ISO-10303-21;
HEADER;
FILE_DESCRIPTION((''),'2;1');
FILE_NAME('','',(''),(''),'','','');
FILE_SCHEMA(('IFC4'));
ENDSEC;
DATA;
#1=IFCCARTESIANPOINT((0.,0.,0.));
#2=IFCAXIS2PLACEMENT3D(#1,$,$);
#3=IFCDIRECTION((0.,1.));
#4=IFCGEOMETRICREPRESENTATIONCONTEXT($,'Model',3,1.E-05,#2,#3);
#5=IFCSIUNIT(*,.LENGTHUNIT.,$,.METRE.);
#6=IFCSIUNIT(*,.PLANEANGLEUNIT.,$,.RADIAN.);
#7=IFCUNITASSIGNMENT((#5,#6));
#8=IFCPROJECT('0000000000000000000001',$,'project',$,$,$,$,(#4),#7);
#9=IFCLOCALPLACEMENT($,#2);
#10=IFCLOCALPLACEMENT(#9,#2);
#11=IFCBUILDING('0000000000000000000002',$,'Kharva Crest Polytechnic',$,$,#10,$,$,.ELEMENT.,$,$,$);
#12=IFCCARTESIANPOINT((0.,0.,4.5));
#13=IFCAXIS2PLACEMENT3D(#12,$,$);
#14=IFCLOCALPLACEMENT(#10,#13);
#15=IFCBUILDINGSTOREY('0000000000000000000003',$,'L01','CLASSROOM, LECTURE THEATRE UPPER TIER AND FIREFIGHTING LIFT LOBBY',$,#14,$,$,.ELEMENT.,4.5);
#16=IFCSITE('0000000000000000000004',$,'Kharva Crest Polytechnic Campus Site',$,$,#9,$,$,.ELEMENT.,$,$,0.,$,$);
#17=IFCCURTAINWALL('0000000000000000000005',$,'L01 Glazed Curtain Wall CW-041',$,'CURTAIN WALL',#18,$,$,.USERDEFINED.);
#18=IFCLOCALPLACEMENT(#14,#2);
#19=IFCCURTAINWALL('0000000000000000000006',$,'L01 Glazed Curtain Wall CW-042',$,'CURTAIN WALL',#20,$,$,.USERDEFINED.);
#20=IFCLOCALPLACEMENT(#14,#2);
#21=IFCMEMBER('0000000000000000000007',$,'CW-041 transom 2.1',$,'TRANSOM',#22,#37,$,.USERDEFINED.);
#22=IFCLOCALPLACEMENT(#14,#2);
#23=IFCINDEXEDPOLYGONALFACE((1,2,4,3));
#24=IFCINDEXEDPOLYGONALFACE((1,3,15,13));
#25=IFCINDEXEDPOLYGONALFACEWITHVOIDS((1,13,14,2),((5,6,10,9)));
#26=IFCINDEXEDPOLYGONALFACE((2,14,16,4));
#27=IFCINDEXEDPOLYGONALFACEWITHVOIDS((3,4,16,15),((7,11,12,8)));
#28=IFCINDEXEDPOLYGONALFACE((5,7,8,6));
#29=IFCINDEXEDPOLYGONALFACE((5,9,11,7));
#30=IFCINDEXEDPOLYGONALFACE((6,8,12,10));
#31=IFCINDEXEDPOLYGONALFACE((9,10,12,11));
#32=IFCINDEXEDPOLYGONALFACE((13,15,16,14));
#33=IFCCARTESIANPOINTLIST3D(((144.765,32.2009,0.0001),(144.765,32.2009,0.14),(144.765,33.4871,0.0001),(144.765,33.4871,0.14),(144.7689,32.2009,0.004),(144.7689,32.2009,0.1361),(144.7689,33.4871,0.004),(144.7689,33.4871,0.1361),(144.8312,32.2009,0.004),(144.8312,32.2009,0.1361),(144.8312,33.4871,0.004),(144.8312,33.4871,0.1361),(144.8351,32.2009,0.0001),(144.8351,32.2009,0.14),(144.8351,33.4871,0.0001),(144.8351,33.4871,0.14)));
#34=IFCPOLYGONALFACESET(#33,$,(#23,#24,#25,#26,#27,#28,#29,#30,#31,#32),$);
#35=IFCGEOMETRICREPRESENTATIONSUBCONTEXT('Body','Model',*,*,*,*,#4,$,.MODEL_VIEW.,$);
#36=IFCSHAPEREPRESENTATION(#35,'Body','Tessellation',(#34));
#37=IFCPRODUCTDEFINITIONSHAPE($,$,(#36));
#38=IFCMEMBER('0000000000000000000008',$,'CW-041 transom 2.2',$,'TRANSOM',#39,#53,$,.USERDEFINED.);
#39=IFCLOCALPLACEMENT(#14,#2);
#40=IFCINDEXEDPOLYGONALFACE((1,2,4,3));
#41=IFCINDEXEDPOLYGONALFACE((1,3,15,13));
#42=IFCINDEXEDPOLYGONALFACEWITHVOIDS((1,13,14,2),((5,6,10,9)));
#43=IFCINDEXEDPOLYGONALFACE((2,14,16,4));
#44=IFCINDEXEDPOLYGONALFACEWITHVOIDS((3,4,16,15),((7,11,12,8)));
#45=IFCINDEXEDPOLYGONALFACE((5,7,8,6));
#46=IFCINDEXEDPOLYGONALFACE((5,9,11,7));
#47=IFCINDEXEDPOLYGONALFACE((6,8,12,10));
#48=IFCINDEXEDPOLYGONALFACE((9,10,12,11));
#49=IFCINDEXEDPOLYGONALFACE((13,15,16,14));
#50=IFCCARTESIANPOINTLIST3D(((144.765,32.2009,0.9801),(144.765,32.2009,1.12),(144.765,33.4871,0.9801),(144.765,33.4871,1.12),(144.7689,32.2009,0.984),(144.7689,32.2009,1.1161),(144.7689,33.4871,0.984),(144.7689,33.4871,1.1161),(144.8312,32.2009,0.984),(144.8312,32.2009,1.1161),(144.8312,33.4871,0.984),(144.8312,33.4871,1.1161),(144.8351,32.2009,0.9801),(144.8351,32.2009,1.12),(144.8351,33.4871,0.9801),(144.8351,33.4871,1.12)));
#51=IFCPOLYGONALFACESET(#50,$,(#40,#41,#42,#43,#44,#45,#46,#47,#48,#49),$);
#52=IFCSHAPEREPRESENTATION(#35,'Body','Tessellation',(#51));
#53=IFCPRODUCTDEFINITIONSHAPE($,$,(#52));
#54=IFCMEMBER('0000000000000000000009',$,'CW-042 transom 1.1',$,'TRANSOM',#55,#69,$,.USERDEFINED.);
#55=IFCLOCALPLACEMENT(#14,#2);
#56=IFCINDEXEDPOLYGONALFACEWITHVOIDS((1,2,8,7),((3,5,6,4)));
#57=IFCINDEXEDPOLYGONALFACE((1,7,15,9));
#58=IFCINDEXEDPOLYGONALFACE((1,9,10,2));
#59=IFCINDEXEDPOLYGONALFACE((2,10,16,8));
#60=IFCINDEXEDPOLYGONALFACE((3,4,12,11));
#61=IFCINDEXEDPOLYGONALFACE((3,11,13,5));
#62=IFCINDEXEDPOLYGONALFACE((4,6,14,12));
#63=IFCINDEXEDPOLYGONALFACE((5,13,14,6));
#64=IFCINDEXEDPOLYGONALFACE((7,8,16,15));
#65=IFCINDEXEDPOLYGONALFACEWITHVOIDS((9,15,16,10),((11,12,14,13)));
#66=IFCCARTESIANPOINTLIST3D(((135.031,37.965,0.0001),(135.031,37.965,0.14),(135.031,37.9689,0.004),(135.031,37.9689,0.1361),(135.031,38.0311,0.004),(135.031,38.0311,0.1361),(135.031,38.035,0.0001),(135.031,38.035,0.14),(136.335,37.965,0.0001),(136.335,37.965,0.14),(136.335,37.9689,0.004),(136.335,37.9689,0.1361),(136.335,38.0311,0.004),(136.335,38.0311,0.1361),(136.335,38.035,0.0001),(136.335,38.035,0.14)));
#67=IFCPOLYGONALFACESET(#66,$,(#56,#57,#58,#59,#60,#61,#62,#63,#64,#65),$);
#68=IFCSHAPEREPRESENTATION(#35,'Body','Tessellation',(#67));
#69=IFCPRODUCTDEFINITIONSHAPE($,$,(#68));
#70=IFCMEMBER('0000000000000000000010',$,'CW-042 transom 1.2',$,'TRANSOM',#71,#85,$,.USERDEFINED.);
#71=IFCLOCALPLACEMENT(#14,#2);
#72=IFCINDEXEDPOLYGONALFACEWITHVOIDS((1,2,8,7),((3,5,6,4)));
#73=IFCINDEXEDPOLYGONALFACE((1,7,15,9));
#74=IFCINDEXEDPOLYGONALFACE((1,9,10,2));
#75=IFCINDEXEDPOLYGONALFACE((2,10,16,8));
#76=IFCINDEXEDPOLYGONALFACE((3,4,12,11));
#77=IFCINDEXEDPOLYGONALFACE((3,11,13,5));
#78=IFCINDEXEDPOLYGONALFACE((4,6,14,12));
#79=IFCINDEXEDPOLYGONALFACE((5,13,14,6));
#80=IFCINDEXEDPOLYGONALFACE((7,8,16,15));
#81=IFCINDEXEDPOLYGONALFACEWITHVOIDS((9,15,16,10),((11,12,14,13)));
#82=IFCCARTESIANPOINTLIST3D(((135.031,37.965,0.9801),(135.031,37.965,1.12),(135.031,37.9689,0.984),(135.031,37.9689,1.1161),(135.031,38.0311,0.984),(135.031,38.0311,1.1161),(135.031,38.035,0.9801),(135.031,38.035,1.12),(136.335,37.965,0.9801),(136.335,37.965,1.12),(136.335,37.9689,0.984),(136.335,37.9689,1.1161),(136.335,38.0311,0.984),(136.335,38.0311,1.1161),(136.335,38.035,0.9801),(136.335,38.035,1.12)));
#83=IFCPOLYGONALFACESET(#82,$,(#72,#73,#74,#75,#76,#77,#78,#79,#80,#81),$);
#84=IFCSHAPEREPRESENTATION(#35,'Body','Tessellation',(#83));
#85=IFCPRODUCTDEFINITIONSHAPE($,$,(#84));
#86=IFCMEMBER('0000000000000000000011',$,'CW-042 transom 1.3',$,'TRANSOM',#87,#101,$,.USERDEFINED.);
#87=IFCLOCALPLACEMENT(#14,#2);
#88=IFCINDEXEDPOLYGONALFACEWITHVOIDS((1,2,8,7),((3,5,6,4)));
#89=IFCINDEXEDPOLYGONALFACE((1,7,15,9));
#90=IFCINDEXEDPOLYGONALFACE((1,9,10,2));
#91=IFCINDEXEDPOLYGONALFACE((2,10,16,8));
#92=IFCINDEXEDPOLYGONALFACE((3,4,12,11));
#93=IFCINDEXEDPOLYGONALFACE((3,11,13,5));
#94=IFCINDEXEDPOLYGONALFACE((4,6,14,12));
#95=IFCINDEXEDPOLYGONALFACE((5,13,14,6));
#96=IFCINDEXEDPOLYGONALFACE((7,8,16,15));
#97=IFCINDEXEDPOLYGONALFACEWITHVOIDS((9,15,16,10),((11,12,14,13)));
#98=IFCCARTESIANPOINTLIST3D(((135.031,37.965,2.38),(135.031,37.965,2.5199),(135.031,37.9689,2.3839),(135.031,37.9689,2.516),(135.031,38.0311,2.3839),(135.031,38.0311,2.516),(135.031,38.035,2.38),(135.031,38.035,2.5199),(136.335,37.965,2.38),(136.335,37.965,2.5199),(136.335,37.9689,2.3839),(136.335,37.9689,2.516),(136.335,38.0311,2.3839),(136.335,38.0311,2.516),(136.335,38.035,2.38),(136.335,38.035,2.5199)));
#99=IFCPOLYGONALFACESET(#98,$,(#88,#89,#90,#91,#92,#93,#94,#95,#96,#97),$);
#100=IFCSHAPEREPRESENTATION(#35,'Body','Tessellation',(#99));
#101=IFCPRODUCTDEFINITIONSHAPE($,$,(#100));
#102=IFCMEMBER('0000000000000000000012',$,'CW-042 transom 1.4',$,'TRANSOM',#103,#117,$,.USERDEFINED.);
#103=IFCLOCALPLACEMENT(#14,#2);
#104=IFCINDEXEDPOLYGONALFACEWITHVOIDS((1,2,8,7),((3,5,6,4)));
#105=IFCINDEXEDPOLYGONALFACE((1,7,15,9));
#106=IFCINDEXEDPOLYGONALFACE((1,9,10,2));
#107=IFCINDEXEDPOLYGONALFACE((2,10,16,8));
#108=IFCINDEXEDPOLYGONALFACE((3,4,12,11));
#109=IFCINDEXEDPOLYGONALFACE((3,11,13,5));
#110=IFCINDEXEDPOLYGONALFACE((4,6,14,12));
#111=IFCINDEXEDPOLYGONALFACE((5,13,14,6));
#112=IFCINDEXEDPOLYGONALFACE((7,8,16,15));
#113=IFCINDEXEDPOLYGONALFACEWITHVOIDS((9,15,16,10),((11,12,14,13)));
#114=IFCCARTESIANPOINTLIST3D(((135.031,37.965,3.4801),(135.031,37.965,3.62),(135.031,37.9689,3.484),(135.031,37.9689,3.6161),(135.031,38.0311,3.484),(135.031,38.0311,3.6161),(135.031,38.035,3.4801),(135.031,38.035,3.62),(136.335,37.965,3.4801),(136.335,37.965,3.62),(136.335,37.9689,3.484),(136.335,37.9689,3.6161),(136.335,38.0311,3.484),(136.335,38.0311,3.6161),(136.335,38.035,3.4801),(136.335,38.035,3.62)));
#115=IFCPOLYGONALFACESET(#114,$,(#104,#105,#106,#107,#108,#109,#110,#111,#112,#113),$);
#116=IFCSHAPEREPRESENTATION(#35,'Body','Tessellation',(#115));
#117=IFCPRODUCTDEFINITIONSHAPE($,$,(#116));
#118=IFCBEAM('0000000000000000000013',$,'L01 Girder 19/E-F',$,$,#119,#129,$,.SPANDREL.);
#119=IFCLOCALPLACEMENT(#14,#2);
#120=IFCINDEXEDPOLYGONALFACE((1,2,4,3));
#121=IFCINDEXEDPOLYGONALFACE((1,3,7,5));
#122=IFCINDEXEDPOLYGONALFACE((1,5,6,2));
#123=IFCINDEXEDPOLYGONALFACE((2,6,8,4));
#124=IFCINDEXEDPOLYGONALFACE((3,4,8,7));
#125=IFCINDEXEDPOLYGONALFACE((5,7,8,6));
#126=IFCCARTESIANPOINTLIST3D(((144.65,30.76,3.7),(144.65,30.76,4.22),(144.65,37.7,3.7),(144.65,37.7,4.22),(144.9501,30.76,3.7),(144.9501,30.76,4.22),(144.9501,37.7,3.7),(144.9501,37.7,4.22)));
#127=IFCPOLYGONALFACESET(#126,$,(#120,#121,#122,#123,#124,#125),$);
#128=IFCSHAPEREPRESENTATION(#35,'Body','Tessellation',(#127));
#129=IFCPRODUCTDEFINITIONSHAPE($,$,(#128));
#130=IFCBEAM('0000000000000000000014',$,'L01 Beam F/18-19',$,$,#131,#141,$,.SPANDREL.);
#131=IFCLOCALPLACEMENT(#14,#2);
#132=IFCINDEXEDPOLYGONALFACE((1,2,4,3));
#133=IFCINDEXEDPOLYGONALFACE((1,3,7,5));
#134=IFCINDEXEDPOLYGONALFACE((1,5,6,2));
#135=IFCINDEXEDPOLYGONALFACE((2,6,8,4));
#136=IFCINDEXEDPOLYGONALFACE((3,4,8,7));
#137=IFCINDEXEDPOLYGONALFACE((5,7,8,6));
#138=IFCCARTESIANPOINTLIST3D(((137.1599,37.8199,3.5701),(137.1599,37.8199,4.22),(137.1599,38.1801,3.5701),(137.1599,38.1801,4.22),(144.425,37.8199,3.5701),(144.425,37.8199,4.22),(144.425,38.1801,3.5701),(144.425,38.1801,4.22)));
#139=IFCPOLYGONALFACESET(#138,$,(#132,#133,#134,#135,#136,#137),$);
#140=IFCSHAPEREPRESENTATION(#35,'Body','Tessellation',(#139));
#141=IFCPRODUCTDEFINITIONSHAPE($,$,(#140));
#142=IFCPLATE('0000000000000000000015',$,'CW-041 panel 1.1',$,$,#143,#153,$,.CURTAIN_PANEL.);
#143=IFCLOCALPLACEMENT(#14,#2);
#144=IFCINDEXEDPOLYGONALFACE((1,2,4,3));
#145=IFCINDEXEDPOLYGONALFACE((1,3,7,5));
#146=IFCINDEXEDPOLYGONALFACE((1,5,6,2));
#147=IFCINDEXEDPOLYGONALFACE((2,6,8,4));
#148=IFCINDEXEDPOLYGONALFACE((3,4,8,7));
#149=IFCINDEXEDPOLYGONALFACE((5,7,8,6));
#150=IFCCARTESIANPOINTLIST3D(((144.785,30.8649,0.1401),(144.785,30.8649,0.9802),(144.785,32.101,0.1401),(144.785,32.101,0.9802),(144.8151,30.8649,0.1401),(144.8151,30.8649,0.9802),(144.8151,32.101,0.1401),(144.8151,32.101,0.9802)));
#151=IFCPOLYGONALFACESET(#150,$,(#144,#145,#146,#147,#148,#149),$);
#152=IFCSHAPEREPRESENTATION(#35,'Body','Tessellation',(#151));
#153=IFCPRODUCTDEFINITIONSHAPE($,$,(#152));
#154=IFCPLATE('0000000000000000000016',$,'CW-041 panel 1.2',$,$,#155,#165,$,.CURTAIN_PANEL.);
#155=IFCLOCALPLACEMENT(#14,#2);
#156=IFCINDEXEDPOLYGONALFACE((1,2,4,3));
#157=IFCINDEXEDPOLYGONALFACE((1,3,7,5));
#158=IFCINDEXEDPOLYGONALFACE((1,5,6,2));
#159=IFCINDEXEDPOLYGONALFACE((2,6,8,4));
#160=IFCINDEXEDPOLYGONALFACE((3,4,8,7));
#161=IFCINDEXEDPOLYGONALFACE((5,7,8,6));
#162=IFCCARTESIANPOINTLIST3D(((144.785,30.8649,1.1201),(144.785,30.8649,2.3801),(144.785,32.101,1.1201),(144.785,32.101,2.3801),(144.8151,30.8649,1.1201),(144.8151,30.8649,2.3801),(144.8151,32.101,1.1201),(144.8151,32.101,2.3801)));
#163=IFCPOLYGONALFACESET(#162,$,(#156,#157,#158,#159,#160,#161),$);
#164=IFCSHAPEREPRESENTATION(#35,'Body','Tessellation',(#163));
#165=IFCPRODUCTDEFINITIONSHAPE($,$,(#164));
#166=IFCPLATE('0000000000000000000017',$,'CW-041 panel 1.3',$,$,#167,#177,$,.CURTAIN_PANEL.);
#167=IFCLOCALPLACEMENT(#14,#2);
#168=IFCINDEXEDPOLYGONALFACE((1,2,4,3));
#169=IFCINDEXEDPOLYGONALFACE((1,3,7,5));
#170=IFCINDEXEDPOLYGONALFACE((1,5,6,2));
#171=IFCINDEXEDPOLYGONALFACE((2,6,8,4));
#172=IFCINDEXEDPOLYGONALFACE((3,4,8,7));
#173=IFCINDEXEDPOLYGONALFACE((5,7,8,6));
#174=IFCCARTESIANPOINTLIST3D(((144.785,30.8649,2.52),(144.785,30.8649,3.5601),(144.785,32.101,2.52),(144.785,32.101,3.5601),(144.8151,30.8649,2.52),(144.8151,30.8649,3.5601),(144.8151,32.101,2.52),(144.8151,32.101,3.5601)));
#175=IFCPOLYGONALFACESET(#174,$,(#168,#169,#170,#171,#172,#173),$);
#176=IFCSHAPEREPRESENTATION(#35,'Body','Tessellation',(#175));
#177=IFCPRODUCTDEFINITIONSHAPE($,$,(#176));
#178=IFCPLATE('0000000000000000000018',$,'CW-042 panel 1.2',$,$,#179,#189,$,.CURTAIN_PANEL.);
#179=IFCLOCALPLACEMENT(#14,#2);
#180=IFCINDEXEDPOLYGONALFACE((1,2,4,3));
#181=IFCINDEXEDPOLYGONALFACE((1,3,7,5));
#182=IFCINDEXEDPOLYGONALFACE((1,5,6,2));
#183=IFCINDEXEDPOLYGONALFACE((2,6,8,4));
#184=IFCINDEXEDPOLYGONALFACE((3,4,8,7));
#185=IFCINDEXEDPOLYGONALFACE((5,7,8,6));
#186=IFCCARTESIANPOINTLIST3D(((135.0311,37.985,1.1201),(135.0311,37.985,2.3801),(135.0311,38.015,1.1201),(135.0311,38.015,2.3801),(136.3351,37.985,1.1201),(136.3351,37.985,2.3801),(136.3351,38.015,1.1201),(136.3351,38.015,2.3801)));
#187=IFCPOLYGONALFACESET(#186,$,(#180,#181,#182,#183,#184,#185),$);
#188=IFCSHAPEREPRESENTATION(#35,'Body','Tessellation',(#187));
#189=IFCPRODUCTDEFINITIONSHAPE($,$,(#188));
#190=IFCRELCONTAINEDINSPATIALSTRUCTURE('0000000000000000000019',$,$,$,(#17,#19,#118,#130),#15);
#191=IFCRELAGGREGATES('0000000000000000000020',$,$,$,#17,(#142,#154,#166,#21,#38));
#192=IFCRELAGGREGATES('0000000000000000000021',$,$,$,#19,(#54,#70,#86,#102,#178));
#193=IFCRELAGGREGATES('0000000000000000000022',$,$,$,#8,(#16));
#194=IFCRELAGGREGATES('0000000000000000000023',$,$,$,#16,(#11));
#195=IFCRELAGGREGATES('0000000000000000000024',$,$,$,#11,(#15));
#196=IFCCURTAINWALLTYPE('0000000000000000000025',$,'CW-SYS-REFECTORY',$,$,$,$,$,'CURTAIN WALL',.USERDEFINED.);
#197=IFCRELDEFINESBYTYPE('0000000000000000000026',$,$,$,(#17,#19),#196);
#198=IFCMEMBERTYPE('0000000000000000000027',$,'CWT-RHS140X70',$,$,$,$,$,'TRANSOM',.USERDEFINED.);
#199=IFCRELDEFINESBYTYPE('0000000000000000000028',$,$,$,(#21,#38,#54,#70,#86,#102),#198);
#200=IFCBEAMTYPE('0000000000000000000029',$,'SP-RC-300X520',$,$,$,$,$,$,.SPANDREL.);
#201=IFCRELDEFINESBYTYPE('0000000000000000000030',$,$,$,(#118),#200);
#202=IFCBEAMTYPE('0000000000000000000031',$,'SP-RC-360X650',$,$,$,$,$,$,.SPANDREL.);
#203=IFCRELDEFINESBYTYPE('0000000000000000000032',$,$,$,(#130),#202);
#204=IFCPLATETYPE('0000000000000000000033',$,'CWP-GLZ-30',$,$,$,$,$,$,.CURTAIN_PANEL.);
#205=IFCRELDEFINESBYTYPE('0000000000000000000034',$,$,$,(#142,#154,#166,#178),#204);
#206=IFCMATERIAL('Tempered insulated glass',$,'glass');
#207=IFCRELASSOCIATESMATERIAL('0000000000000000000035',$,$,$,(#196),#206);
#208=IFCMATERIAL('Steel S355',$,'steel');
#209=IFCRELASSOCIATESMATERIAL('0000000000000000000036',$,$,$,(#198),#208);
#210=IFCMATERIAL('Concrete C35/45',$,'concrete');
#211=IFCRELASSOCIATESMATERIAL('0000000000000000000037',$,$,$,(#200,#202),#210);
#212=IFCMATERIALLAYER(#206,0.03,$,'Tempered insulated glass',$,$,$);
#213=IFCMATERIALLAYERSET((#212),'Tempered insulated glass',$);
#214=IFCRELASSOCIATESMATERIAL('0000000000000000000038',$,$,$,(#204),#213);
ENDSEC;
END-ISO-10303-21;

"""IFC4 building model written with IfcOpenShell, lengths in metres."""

from ifc_helpers import new_model, si_unit, direction, frame, origin, origin_2d, place, context, subcontext, project, spatial, rectangle, hollow_rectangle, extrude, material, layer, layer_set, material_profile, profile_set, type_object, element, aggregate, save


model = new_model("IFC4")

# Units and contexts
model_context = context("Model", 3, precision=1e-05, world=origin(), true_north=direction((0.0, 1.0)))
body_context = subcontext(model_context, "Body", "Model", "MODEL_VIEW")
ifc_project = project(units=[si_unit("LENGTHUNIT", "METRE"), si_unit("PLANEANGLEUNIT", "RADIAN")], contexts=[model_context])

# Site, building, storey
site_placement = place(None, origin())
site = spatial("IfcSite", under=ifc_project, at=site_placement, Name="Kharva Crest Polytechnic Campus Site", CompositionType="ELEMENT", RefElevation=0.0)
building_placement = place(site_placement, origin())
building = spatial("IfcBuilding", under=site, at=building_placement, Name="Kharva Crest Polytechnic", CompositionType="ELEMENT")
storey_placement = place(building_placement, frame((0.0, 0.0, 4.5)))
storey = spatial("IfcBuildingStorey", under=building, at=storey_placement, Name="L01", Description="CLASSROOM, LECTURE THEATRE UPPER TIER AND FIREFIGHTING LIFT LOBBY", CompositionType="ELEMENT", Elevation=4.5)

# Shared definitions
ifc_material_1 = material(Name="Concrete C35/45", Category="concrete")

# Curtain wall
ifc_material_2 = material(Name="Tempered insulated glass", Category="glass")
curtain_wall_type = type_object("IfcCurtainWallType", Name="CW-SYS-REFECTORY", ElementType="CURTAIN WALL", PredefinedType="USERDEFINED", material=ifc_material_2)
curtain_wall_1_placement = place(storey_placement, origin())
curtain_wall_1 = element("IfcCurtainWall", 1, at=curtain_wall_1_placement, inside=storey, type_object=curtain_wall_type, Name="L01 Glazed Curtain Wall CW-041", ObjectType="CURTAIN WALL", PredefinedType="USERDEFINED")
ifc_material_3 = material(Name="Steel S355", Category="steel")

# Curtain wall
curtain_wall_2_placement = place(storey_placement, origin())
curtain_wall_2 = element("IfcCurtainWall", 2, at=curtain_wall_2_placement, inside=storey, type_object=curtain_wall_type, Name="L01 Glazed Curtain Wall CW-042", ObjectType="CURTAIN WALL", PredefinedType="USERDEFINED")

# Members
ifc_material_profile_1 = material_profile(ifc_material_3, hollow_rectangle(XDim=0.0701, YDim=0.1399, WallThickness=0.0039, at=origin_2d()), Name="RHS 140X70X4.0")
ifc_profile_set_1 = profile_set([ifc_material_profile_1], Name="Steel S355")
member_type_1 = type_object("IfcMemberType", Name="CWT-RHS140X70", ElementType="TRANSOM", PredefinedType="USERDEFINED", material=ifc_profile_set_1)
member_1_placement = place(storey_placement, frame((144.8, 32.2009, 0.0701), z_axis=(0.0, 1.0, 0.0), x_axis=(-1.0, 0.0, 0.0)))
member_1 = element("IfcMember", 3, at=member_1_placement, type_object=member_type_1, Name="CW-041 transom 2.1", ObjectType="TRANSOM", PredefinedType="USERDEFINED", context=body_context, shape_type="SweptSolid", body=[
    extrude(hollow_rectangle(XDim=0.0701, YDim=0.1399, WallThickness=0.0039, at=origin_2d()), origin(), (0.0, 0.0, 1.0), 1.2861),
])
member_2_placement = place(storey_placement, frame((144.8, 32.2009, 1.05), z_axis=(0.0, 1.0, 0.0), x_axis=(-1.0, 0.0, 0.0)))
member_2 = element("IfcMember", 4, at=member_2_placement, type_object=member_type_1, Name="CW-041 transom 2.2", ObjectType="TRANSOM", PredefinedType="USERDEFINED", context=body_context, shape_type="SweptSolid", body=[
    extrude(hollow_rectangle(XDim=0.0701, YDim=0.1399, WallThickness=0.0039, at=origin_2d()), origin(), (0.0, 0.0, 1.0), 1.2861),
])
member_3_placement = place(storey_placement, frame((136.335, 38.0, 0.0701), z_axis=(-1.0, 0.0, 0.0), x_axis=(0.0, -1.0, 0.0)))
member_3 = element("IfcMember", 5, at=member_3_placement, type_object=member_type_1, Name="CW-042 transom 1.1", ObjectType="TRANSOM", PredefinedType="USERDEFINED", context=body_context, shape_type="SweptSolid", body=[
    extrude(hollow_rectangle(XDim=0.0701, YDim=0.1399, WallThickness=0.0039, at=origin_2d()), origin(), (0.0, 0.0, 1.0), 1.304),
])
member_4_placement = place(storey_placement, frame((136.335, 38.0, 1.05), z_axis=(-1.0, 0.0, 0.0), x_axis=(0.0, -1.0, 0.0)))
member_4 = element("IfcMember", 6, at=member_4_placement, type_object=member_type_1, Name="CW-042 transom 1.2", ObjectType="TRANSOM", PredefinedType="USERDEFINED", context=body_context, shape_type="SweptSolid", body=[
    extrude(hollow_rectangle(XDim=0.0701, YDim=0.1399, WallThickness=0.0039, at=origin_2d()), origin(), (0.0, 0.0, 1.0), 1.304),
])
member_5_placement = place(storey_placement, frame((136.335, 38.0, 2.45), z_axis=(-1.0, 0.0, 0.0), x_axis=(0.0, -1.0, 0.0)))
member_5 = element("IfcMember", 7, at=member_5_placement, type_object=member_type_1, Name="CW-042 transom 1.3", ObjectType="TRANSOM", PredefinedType="USERDEFINED", context=body_context, shape_type="SweptSolid", body=[
    extrude(hollow_rectangle(XDim=0.0701, YDim=0.1399, WallThickness=0.0039, at=origin_2d()), origin(), (0.0, 0.0, 1.0), 1.304),
])
member_6_placement = place(storey_placement, frame((136.335, 38.0, 3.55), z_axis=(-1.0, 0.0, 0.0), x_axis=(0.0, -1.0, 0.0)))
member_6 = element("IfcMember", 8, at=member_6_placement, type_object=member_type_1, Name="CW-042 transom 1.4", ObjectType="TRANSOM", PredefinedType="USERDEFINED", context=body_context, shape_type="SweptSolid", body=[
    extrude(hollow_rectangle(XDim=0.0701, YDim=0.1399, WallThickness=0.0039, at=origin_2d()), origin(), (0.0, 0.0, 1.0), 1.304),
])

# Beams
ifc_material_profile_2 = material_profile(ifc_material_1, rectangle(XDim=0.3, YDim=0.52, at=origin_2d()), Name="RECT 300 X 520")
ifc_profile_set_2 = profile_set([ifc_material_profile_2], Name="Concrete C35/45")
beam_type_1 = type_object("IfcBeamType", Name="SP-RC-300X520", PredefinedType="SPANDREL", material=ifc_profile_set_2)
beam_1_placement = place(storey_placement, frame((144.8, 30.76, 3.96), z_axis=(0.0, 1.0, 0.0), x_axis=(-1.0, 0.0, 0.0)))
element("IfcBeam", 9, at=beam_1_placement, inside=storey, type_object=beam_type_1, Name="L01 Girder 19/E-F", PredefinedType="SPANDREL", context=body_context, shape_type="SweptSolid", body=[
    extrude(rectangle(XDim=0.3, YDim=0.52, at=origin_2d()), origin(), (0.0, 0.0, 1.0), 6.9399),
])
ifc_material_profile_3 = material_profile(ifc_material_1, rectangle(XDim=0.3601, YDim=0.6499, at=origin_2d()), Name="RECT 360 X 650")
ifc_profile_set_3 = profile_set([ifc_material_profile_3], Name="Concrete C35/45")
beam_type_2 = type_object("IfcBeamType", Name="SP-RC-360X650", PredefinedType="SPANDREL", material=ifc_profile_set_3)
beam_2_placement = place(storey_placement, frame((137.1599, 38.0, 3.895), z_axis=(1.0, 0.0, 0.0), x_axis=(0.0, 1.0, 0.0)))
element("IfcBeam", 10, at=beam_2_placement, inside=storey, type_object=beam_type_2, Name="L01 Beam F/18-19", PredefinedType="SPANDREL", context=body_context, shape_type="SweptSolid", body=[
    extrude(rectangle(XDim=0.3601, YDim=0.6499, at=origin_2d()), origin(), (0.0, 0.0, 1.0), 7.2651),
])

# Plates
ifc_layer_1 = layer(ifc_material_2, 0.03, Name="Tempered insulated glass")
ifc_layer_set_1 = layer_set([ifc_layer_1], Name="Tempered insulated glass")
plate_type = type_object("IfcPlateType", Name="CWP-GLZ-30", PredefinedType="CURTAIN_PANEL", material=ifc_layer_set_1)
plate_1_placement = place(storey_placement, frame((144.8, 31.4829, 0.1401), z_axis=(0.0, 0.0, 1.0), x_axis=(0.0, 1.0, 0.0)))
plate_1 = element("IfcPlate", 11, at=plate_1_placement, type_object=plate_type, Name="CW-041 panel 1.1", PredefinedType="CURTAIN_PANEL", context=body_context, shape_type="SweptSolid", body=[
    extrude(rectangle(XDim=1.2361, YDim=0.03, at=origin_2d()), origin(), (0.0, 0.0, 1.0), 0.8401),
])
plate_2_placement = place(storey_placement, frame((144.8, 31.4829, 1.1201), z_axis=(0.0, 0.0, 1.0), x_axis=(0.0, 1.0, 0.0)))
plate_2 = element("IfcPlate", 12, at=plate_2_placement, type_object=plate_type, Name="CW-041 panel 1.2", PredefinedType="CURTAIN_PANEL", context=body_context, shape_type="SweptSolid", body=[
    extrude(rectangle(XDim=1.2361, YDim=0.03, at=origin_2d()), origin(), (0.0, 0.0, 1.0), 1.26),
])
plate_3_placement = place(storey_placement, frame((144.8, 31.4829, 2.52), z_axis=(0.0, 0.0, 1.0), x_axis=(0.0, 1.0, 0.0)))
plate_3 = element("IfcPlate", 13, at=plate_3_placement, type_object=plate_type, Name="CW-041 panel 1.3", PredefinedType="CURTAIN_PANEL", context=body_context, shape_type="SweptSolid", body=[
    extrude(rectangle(XDim=1.2361, YDim=0.03, at=origin_2d()), origin(), (0.0, 0.0, 1.0), 1.04),
])
aggregate(curtain_wall_1, [plate_1, plate_2, plate_3, member_1, member_2])
plate_4_placement = place(storey_placement, frame((135.6831, 38.0, 1.1201), z_axis=(0.0, 0.0, 1.0), x_axis=(-1.0, 0.0, 0.0)))
plate_4 = element("IfcPlate", 14, at=plate_4_placement, type_object=plate_type, Name="CW-042 panel 1.2", PredefinedType="CURTAIN_PANEL", context=body_context, shape_type="SweptSolid", body=[
    extrude(rectangle(XDim=1.304, YDim=0.03, at=origin_2d()), origin(), (0.0, 0.0, 1.0), 1.26),
])
aggregate(curtain_wall_2, [member_3, member_4, member_5, member_6, plate_4])

save(model, "model.ifc")
